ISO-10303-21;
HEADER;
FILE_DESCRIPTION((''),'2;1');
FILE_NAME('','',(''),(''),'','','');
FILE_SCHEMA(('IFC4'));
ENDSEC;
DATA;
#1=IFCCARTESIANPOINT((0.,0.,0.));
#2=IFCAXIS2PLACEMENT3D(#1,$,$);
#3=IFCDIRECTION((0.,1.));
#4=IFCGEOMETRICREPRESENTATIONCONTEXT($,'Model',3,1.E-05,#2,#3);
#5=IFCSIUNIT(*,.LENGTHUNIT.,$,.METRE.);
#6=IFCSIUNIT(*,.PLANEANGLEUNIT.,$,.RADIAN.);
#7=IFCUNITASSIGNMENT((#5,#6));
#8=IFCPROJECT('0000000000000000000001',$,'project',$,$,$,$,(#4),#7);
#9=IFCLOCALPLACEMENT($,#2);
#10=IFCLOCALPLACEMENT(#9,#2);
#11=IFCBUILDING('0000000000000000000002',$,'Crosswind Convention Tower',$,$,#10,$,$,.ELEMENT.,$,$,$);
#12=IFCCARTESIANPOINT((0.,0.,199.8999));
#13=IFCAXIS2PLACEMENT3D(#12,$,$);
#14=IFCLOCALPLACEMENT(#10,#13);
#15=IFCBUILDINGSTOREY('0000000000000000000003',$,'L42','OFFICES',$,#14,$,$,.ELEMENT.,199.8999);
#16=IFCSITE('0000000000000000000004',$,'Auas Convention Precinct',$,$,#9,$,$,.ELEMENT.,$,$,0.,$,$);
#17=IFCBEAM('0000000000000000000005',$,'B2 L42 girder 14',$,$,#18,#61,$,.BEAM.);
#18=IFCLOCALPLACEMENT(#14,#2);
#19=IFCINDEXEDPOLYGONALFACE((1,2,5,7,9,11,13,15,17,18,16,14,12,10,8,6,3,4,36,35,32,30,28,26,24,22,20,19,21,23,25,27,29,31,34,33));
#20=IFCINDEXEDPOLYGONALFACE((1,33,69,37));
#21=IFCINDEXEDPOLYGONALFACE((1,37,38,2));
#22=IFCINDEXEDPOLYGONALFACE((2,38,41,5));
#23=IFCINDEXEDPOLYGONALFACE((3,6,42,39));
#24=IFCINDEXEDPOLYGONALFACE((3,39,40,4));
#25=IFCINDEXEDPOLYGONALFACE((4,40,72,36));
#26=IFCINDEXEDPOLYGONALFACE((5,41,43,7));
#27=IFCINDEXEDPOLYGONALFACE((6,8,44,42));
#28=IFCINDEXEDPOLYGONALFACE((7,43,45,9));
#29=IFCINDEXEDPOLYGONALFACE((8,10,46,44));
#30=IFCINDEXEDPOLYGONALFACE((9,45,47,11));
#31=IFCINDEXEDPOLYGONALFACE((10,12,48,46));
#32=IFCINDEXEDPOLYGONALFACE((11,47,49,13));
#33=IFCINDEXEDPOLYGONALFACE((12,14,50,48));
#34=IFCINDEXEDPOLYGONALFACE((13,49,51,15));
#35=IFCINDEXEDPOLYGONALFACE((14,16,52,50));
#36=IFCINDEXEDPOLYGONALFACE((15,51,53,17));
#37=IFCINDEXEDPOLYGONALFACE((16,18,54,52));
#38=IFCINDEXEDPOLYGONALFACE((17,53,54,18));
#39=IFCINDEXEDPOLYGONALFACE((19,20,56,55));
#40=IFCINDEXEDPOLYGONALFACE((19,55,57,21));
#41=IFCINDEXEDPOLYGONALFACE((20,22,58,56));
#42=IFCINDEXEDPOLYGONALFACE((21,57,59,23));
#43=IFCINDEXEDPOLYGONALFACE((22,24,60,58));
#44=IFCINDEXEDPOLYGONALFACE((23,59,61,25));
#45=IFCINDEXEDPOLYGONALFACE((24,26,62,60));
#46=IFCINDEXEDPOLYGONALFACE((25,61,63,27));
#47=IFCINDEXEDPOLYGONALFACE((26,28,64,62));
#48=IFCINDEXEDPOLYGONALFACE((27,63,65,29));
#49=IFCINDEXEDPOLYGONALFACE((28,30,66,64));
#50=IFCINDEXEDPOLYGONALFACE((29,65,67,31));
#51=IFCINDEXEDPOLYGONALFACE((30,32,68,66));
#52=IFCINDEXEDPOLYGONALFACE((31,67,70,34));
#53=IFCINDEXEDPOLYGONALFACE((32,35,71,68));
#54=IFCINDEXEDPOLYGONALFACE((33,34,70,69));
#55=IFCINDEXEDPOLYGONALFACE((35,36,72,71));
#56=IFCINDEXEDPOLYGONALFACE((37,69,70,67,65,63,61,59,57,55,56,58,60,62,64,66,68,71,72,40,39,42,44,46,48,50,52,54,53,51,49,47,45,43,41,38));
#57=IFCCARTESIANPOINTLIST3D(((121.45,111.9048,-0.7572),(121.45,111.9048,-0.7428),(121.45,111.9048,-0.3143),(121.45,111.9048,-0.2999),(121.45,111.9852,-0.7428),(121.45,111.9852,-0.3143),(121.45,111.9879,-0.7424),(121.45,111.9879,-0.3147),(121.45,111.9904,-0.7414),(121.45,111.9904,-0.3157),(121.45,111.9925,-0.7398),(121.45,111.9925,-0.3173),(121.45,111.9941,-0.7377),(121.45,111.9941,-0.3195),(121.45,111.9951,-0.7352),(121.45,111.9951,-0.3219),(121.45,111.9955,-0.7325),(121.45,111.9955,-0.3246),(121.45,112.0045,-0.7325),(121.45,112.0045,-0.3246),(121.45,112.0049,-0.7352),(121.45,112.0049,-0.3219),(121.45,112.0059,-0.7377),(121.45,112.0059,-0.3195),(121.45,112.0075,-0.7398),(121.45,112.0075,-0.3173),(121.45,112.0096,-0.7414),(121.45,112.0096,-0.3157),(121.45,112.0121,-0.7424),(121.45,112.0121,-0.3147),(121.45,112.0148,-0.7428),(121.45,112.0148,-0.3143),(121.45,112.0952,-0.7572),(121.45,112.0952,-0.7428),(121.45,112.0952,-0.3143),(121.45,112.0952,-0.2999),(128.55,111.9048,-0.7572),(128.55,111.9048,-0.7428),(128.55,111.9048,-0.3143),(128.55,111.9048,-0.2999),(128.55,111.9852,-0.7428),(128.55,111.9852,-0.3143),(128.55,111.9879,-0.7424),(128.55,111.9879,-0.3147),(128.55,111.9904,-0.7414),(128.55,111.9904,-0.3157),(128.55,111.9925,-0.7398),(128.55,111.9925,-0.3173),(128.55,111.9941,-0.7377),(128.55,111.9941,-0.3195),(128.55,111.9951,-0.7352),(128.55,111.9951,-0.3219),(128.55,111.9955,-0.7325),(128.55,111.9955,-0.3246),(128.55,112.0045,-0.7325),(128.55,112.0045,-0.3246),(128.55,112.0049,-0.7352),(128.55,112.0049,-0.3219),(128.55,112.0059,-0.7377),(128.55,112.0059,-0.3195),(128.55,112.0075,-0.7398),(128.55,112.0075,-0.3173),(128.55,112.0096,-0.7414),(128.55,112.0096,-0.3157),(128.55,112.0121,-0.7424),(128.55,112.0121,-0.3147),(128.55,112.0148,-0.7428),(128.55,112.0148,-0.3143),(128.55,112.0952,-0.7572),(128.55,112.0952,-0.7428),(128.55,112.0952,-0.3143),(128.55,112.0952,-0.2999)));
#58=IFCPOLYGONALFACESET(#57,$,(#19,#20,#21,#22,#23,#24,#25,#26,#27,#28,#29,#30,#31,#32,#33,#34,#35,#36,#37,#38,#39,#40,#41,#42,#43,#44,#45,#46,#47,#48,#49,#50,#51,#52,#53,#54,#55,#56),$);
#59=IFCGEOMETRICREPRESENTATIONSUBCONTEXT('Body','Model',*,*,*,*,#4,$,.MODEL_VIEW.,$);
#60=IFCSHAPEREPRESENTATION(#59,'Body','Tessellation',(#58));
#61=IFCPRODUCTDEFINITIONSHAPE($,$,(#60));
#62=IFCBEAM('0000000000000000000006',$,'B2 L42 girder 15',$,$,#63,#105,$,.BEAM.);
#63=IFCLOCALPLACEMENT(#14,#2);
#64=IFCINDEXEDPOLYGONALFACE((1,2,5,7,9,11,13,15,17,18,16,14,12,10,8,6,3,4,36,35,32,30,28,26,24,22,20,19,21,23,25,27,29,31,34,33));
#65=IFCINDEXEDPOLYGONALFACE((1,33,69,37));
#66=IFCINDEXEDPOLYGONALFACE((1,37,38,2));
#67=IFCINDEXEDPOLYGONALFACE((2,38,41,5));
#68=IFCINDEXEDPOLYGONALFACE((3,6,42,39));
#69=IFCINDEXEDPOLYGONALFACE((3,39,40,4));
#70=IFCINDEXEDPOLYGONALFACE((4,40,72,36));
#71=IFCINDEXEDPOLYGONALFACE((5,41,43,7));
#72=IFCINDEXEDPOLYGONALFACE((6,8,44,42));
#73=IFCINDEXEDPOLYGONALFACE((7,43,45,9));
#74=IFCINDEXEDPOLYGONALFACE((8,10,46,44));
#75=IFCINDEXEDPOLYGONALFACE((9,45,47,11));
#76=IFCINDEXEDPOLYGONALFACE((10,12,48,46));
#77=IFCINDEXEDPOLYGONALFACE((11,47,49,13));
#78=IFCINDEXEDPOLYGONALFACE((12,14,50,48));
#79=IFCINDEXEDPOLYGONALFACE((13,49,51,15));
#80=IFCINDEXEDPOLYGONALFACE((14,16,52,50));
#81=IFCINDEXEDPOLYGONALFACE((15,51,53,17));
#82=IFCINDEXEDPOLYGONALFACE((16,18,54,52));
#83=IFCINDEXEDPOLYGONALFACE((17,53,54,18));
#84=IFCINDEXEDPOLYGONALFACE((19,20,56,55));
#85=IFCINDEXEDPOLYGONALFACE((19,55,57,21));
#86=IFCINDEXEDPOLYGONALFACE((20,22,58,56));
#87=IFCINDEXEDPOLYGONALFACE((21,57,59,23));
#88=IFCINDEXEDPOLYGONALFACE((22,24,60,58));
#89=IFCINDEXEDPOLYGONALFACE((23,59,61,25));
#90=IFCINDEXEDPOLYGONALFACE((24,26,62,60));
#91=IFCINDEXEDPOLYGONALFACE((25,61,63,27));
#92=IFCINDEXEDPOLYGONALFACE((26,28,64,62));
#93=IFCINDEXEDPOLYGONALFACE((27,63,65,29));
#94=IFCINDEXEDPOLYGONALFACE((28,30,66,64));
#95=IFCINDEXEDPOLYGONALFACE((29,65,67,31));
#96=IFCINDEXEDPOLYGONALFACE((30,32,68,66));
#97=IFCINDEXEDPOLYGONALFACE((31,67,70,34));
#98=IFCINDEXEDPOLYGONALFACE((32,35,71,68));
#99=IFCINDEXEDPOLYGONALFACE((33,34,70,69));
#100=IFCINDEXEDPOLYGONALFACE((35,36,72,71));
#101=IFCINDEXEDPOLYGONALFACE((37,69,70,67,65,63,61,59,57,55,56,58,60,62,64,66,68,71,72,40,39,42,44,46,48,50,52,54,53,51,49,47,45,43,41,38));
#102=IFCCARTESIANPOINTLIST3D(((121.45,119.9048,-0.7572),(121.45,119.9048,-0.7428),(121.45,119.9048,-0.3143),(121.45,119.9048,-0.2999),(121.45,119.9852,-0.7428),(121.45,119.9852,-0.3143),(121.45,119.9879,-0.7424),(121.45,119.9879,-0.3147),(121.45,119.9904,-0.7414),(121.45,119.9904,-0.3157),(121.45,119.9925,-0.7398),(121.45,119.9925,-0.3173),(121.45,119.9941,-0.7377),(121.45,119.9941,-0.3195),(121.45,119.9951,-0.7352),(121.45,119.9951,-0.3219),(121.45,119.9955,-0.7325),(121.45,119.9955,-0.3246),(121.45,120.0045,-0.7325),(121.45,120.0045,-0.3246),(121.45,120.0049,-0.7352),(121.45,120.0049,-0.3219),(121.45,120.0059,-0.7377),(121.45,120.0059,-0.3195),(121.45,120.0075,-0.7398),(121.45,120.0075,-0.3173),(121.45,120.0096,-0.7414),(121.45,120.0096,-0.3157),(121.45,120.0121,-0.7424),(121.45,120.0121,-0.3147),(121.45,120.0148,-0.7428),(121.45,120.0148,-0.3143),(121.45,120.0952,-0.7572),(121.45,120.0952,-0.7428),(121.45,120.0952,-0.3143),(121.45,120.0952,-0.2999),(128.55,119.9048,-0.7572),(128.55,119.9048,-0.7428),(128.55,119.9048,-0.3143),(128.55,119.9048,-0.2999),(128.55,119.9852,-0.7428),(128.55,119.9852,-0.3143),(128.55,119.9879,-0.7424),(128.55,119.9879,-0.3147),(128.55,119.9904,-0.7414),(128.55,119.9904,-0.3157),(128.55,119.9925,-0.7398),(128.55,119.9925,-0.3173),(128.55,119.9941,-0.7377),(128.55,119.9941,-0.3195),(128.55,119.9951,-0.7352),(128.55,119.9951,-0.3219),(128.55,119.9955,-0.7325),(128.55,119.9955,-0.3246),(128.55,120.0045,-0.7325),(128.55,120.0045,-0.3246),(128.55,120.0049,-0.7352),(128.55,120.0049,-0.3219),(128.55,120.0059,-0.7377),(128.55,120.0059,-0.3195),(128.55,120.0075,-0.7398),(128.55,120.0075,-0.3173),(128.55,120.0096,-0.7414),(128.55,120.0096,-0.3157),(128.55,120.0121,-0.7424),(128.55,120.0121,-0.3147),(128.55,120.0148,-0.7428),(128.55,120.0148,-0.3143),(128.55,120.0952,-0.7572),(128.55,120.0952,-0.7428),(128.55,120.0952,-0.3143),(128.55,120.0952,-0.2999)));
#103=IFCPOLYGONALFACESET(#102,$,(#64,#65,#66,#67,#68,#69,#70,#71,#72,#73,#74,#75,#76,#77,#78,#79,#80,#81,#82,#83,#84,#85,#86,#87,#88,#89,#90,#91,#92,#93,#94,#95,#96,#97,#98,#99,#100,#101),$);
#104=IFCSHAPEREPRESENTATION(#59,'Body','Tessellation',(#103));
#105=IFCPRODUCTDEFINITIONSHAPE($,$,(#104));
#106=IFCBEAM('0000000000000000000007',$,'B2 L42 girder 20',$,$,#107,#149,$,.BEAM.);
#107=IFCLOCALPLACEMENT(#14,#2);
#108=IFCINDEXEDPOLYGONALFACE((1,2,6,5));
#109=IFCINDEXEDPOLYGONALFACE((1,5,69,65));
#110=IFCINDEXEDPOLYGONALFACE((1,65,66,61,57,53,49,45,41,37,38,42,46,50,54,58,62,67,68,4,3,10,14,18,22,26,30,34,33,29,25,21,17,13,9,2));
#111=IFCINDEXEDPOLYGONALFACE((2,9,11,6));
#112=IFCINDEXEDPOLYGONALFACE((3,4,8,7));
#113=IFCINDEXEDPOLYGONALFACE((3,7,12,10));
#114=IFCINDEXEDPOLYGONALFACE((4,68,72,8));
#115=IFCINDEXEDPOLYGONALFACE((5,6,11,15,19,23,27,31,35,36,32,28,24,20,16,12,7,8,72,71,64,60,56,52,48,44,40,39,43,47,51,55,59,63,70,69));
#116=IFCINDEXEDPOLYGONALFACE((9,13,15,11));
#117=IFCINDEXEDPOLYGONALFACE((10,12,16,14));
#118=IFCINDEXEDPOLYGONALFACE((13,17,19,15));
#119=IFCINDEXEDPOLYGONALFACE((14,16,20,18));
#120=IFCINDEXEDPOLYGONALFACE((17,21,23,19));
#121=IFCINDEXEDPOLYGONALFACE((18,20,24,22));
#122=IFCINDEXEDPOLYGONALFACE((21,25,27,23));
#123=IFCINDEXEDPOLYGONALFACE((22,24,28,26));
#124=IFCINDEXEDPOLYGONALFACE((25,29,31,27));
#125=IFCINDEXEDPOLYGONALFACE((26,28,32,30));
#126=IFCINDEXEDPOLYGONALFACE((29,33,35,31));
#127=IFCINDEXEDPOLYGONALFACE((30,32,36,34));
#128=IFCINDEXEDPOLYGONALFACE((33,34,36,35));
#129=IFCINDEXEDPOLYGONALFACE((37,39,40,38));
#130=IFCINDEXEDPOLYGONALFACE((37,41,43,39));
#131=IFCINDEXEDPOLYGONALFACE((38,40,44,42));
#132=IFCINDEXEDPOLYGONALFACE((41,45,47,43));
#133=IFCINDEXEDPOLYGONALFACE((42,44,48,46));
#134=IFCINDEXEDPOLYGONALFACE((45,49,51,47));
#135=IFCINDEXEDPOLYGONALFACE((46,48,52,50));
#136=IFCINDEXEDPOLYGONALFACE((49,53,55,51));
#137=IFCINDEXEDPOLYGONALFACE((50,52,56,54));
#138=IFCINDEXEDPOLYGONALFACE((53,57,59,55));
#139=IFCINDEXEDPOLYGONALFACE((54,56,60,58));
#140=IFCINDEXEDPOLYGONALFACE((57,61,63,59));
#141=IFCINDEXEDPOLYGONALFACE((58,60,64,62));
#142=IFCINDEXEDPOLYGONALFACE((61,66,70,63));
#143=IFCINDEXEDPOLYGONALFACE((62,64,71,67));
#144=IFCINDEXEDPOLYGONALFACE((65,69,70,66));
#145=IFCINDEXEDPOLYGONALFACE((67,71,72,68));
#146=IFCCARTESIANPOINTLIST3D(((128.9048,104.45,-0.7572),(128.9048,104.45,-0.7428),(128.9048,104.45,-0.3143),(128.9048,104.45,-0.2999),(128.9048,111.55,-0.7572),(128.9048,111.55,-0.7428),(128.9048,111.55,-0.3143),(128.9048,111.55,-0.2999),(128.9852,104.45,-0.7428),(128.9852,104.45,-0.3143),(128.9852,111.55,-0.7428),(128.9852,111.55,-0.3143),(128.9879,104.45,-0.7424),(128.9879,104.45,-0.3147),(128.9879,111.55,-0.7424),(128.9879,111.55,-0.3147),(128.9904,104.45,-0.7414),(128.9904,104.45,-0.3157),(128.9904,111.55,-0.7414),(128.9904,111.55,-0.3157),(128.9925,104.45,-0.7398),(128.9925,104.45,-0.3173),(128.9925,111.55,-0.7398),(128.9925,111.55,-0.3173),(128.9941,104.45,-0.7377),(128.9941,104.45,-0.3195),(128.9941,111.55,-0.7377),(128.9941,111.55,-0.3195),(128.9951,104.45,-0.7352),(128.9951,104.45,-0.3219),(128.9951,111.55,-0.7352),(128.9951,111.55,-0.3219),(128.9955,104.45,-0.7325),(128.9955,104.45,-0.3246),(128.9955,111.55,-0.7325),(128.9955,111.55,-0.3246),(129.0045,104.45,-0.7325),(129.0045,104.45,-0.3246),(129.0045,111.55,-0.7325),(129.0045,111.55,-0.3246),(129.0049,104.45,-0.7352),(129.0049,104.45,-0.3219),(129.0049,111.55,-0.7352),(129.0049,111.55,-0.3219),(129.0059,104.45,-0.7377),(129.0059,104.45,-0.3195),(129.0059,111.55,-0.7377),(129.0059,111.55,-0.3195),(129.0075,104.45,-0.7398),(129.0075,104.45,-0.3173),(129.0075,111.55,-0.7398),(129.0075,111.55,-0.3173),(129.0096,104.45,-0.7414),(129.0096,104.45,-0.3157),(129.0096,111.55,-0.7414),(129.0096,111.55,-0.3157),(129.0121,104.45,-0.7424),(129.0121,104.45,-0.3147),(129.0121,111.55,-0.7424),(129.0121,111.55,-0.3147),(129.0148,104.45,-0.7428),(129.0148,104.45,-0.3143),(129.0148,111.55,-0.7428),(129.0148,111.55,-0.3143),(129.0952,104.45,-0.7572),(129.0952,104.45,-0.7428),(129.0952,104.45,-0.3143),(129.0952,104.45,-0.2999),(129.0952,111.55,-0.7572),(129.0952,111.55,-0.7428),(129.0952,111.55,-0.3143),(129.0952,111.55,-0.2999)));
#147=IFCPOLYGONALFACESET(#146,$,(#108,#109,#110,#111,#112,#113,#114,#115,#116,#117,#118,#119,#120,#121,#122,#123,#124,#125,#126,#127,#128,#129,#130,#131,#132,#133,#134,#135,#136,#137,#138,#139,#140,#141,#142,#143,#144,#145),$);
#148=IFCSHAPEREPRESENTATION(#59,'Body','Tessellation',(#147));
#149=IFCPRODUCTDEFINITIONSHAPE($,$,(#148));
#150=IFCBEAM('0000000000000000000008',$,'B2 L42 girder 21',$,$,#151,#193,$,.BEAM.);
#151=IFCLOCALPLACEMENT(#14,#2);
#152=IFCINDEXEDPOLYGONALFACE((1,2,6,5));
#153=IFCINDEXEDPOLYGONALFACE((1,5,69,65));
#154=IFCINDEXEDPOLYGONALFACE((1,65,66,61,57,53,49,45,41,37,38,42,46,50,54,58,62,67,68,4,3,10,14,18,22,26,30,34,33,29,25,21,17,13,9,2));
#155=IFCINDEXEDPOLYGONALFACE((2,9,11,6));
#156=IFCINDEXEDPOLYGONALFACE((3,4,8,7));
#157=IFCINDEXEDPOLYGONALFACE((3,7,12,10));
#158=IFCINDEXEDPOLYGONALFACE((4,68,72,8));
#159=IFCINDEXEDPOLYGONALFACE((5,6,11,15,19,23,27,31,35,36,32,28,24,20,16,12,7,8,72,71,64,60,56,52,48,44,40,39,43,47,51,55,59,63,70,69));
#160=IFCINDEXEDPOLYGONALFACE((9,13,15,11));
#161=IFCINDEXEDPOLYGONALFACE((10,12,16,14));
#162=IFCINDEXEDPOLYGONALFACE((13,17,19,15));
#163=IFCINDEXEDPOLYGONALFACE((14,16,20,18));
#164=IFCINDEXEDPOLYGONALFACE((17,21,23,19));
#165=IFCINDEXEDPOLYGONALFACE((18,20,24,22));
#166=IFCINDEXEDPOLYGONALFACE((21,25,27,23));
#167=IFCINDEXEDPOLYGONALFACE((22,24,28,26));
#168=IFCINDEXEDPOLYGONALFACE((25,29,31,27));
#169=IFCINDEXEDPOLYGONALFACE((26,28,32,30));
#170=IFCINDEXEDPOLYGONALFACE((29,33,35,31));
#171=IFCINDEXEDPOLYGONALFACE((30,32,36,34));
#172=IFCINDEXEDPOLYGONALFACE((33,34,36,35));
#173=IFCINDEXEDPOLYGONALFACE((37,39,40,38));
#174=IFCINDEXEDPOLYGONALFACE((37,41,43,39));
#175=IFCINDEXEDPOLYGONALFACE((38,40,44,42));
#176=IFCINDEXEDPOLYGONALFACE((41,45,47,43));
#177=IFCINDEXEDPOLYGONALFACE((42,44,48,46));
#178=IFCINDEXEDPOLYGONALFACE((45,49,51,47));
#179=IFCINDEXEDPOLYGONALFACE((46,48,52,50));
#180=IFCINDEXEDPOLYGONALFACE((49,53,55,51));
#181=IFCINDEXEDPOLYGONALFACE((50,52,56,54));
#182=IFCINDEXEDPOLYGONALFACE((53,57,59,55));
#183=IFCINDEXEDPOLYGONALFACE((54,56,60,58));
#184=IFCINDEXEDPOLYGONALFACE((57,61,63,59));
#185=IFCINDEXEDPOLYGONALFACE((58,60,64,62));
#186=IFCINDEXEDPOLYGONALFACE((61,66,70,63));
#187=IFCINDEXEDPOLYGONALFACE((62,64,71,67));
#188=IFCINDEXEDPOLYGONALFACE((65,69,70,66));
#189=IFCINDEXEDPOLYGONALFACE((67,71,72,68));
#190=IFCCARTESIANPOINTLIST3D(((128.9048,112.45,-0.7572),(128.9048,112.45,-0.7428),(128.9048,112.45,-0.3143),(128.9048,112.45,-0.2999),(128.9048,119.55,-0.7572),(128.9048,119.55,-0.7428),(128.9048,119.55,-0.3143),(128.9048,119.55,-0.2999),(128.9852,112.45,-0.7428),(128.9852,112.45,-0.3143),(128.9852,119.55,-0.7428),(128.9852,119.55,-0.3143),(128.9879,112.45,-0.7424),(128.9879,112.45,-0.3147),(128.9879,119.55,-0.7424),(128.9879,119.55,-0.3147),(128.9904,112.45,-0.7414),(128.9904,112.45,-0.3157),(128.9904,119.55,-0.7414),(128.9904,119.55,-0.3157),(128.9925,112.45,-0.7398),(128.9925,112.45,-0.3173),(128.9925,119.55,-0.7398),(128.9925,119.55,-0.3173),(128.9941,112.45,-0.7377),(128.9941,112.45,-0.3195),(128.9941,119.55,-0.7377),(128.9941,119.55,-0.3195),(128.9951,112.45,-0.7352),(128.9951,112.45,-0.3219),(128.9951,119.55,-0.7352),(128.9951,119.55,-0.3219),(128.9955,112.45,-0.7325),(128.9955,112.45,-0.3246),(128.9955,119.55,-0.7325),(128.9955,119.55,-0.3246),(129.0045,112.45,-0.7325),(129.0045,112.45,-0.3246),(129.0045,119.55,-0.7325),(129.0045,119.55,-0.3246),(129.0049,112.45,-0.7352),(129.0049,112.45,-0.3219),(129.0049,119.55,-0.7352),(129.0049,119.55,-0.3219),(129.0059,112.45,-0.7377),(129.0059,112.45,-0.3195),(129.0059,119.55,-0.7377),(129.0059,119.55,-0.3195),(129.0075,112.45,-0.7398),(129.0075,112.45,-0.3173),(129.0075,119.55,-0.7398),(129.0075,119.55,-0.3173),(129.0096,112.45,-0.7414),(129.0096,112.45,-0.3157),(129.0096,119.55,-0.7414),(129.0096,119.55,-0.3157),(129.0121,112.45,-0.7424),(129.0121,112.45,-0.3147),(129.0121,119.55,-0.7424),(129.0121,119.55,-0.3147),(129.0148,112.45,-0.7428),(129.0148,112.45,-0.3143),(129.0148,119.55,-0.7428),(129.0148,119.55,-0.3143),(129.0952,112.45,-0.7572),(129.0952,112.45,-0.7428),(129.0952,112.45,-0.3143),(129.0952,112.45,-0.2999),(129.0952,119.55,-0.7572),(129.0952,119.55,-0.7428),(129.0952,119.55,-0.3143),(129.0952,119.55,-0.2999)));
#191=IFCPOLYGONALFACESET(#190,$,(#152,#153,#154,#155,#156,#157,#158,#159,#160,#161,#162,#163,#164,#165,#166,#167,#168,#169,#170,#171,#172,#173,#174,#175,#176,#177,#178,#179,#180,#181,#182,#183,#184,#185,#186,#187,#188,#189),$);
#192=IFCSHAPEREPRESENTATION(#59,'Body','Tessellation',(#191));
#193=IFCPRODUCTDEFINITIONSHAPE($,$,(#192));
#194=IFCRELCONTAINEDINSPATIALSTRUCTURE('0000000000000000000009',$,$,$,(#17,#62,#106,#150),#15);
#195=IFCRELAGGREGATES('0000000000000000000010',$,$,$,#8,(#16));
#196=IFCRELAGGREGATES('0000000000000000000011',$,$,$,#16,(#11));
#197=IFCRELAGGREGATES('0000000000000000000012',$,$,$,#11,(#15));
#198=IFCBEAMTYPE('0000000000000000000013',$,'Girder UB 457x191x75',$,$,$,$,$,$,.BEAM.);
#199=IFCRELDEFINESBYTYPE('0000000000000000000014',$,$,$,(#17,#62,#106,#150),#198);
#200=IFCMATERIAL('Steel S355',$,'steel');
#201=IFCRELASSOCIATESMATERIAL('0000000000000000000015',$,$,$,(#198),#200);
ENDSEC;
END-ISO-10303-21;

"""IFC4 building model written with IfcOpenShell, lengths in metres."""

from ifc_helpers import new_model, si_unit, direction, frame, origin, origin_2d, place, context, subcontext, project, spatial, i_section, extrude, material, material_profile, profile_set, type_object, element, save


model = new_model("IFC4")

# Units and contexts
model_context = context("Model", 3, precision=1e-05, world=origin(), true_north=direction((0.0, 1.0)))
body_context = subcontext(model_context, "Body", "Model", "MODEL_VIEW")
ifc_project = project(units=[si_unit("LENGTHUNIT", "METRE"), si_unit("PLANEANGLEUNIT", "RADIAN")], contexts=[model_context])

# Site, building, storey
site_placement = place(None, origin())
site = spatial("IfcSite", under=ifc_project, at=site_placement, Name="Auas Convention Precinct", CompositionType="ELEMENT", RefElevation=0.0)
building_placement = place(site_placement, origin())
building = spatial("IfcBuilding", under=site, at=building_placement, Name="Crosswind Convention Tower", CompositionType="ELEMENT")
storey_placement = place(building_placement, frame((0.0, 0.0, 199.8999)))
storey = spatial("IfcBuildingStorey", under=building, at=storey_placement, Name="L42", Description="OFFICES", CompositionType="ELEMENT", Elevation=199.8999)

# Beams
ifc_material_1 = material(Name="Steel S355", Category="steel")
ifc_material_profile_1 = material_profile(ifc_material_1, i_section(OverallWidth=0.1904, OverallDepth=0.4573, WebThickness=0.009, FlangeThickness=0.0144, FilletRadius=0.0103, at=origin_2d()), Name="UB 457x191x75")
ifc_profile_set_1 = profile_set([ifc_material_profile_1], Name="Steel S355")
beam_type_1 = type_object("IfcBeamType", Name="Girder UB 457x191x75", PredefinedType="BEAM", material=ifc_profile_set_1)
for number, where, z_axis, x_axis, name in (
    (1, (121.45, 112.0, -0.5286), (1.0, 0.0, 0.0), (0.0, 1.0, 0.0), "B2 L42 girder 14"),
    (2, (121.45, 120.0, -0.5286), (1.0, 0.0, 0.0), (0.0, 1.0, 0.0), "B2 L42 girder 15"),
    (3, (129.0, 104.45, -0.5286), (0.0, 1.0, 0.0), (-1.0, 0.0, 0.0), "B2 L42 girder 20"),
    (4, (129.0, 112.45, -0.5286), (0.0, 1.0, 0.0), (-1.0, 0.0, 0.0), "B2 L42 girder 21"),
):
    element("IfcBeam", number, at=place(storey_placement, frame(where, z_axis=z_axis, x_axis=x_axis)), inside=storey, type_object=beam_type_1, Name=name, PredefinedType="BEAM", context=body_context, shape_type="SweptSolid", body=[
        extrude(i_section(OverallWidth=0.1904, OverallDepth=0.4573, WebThickness=0.009, FlangeThickness=0.0144, FilletRadius=0.0103, at=origin_2d()), origin(), (0.0, 0.0, 1.0), 7.1001),
    ])

save(model, "model.ifc")
